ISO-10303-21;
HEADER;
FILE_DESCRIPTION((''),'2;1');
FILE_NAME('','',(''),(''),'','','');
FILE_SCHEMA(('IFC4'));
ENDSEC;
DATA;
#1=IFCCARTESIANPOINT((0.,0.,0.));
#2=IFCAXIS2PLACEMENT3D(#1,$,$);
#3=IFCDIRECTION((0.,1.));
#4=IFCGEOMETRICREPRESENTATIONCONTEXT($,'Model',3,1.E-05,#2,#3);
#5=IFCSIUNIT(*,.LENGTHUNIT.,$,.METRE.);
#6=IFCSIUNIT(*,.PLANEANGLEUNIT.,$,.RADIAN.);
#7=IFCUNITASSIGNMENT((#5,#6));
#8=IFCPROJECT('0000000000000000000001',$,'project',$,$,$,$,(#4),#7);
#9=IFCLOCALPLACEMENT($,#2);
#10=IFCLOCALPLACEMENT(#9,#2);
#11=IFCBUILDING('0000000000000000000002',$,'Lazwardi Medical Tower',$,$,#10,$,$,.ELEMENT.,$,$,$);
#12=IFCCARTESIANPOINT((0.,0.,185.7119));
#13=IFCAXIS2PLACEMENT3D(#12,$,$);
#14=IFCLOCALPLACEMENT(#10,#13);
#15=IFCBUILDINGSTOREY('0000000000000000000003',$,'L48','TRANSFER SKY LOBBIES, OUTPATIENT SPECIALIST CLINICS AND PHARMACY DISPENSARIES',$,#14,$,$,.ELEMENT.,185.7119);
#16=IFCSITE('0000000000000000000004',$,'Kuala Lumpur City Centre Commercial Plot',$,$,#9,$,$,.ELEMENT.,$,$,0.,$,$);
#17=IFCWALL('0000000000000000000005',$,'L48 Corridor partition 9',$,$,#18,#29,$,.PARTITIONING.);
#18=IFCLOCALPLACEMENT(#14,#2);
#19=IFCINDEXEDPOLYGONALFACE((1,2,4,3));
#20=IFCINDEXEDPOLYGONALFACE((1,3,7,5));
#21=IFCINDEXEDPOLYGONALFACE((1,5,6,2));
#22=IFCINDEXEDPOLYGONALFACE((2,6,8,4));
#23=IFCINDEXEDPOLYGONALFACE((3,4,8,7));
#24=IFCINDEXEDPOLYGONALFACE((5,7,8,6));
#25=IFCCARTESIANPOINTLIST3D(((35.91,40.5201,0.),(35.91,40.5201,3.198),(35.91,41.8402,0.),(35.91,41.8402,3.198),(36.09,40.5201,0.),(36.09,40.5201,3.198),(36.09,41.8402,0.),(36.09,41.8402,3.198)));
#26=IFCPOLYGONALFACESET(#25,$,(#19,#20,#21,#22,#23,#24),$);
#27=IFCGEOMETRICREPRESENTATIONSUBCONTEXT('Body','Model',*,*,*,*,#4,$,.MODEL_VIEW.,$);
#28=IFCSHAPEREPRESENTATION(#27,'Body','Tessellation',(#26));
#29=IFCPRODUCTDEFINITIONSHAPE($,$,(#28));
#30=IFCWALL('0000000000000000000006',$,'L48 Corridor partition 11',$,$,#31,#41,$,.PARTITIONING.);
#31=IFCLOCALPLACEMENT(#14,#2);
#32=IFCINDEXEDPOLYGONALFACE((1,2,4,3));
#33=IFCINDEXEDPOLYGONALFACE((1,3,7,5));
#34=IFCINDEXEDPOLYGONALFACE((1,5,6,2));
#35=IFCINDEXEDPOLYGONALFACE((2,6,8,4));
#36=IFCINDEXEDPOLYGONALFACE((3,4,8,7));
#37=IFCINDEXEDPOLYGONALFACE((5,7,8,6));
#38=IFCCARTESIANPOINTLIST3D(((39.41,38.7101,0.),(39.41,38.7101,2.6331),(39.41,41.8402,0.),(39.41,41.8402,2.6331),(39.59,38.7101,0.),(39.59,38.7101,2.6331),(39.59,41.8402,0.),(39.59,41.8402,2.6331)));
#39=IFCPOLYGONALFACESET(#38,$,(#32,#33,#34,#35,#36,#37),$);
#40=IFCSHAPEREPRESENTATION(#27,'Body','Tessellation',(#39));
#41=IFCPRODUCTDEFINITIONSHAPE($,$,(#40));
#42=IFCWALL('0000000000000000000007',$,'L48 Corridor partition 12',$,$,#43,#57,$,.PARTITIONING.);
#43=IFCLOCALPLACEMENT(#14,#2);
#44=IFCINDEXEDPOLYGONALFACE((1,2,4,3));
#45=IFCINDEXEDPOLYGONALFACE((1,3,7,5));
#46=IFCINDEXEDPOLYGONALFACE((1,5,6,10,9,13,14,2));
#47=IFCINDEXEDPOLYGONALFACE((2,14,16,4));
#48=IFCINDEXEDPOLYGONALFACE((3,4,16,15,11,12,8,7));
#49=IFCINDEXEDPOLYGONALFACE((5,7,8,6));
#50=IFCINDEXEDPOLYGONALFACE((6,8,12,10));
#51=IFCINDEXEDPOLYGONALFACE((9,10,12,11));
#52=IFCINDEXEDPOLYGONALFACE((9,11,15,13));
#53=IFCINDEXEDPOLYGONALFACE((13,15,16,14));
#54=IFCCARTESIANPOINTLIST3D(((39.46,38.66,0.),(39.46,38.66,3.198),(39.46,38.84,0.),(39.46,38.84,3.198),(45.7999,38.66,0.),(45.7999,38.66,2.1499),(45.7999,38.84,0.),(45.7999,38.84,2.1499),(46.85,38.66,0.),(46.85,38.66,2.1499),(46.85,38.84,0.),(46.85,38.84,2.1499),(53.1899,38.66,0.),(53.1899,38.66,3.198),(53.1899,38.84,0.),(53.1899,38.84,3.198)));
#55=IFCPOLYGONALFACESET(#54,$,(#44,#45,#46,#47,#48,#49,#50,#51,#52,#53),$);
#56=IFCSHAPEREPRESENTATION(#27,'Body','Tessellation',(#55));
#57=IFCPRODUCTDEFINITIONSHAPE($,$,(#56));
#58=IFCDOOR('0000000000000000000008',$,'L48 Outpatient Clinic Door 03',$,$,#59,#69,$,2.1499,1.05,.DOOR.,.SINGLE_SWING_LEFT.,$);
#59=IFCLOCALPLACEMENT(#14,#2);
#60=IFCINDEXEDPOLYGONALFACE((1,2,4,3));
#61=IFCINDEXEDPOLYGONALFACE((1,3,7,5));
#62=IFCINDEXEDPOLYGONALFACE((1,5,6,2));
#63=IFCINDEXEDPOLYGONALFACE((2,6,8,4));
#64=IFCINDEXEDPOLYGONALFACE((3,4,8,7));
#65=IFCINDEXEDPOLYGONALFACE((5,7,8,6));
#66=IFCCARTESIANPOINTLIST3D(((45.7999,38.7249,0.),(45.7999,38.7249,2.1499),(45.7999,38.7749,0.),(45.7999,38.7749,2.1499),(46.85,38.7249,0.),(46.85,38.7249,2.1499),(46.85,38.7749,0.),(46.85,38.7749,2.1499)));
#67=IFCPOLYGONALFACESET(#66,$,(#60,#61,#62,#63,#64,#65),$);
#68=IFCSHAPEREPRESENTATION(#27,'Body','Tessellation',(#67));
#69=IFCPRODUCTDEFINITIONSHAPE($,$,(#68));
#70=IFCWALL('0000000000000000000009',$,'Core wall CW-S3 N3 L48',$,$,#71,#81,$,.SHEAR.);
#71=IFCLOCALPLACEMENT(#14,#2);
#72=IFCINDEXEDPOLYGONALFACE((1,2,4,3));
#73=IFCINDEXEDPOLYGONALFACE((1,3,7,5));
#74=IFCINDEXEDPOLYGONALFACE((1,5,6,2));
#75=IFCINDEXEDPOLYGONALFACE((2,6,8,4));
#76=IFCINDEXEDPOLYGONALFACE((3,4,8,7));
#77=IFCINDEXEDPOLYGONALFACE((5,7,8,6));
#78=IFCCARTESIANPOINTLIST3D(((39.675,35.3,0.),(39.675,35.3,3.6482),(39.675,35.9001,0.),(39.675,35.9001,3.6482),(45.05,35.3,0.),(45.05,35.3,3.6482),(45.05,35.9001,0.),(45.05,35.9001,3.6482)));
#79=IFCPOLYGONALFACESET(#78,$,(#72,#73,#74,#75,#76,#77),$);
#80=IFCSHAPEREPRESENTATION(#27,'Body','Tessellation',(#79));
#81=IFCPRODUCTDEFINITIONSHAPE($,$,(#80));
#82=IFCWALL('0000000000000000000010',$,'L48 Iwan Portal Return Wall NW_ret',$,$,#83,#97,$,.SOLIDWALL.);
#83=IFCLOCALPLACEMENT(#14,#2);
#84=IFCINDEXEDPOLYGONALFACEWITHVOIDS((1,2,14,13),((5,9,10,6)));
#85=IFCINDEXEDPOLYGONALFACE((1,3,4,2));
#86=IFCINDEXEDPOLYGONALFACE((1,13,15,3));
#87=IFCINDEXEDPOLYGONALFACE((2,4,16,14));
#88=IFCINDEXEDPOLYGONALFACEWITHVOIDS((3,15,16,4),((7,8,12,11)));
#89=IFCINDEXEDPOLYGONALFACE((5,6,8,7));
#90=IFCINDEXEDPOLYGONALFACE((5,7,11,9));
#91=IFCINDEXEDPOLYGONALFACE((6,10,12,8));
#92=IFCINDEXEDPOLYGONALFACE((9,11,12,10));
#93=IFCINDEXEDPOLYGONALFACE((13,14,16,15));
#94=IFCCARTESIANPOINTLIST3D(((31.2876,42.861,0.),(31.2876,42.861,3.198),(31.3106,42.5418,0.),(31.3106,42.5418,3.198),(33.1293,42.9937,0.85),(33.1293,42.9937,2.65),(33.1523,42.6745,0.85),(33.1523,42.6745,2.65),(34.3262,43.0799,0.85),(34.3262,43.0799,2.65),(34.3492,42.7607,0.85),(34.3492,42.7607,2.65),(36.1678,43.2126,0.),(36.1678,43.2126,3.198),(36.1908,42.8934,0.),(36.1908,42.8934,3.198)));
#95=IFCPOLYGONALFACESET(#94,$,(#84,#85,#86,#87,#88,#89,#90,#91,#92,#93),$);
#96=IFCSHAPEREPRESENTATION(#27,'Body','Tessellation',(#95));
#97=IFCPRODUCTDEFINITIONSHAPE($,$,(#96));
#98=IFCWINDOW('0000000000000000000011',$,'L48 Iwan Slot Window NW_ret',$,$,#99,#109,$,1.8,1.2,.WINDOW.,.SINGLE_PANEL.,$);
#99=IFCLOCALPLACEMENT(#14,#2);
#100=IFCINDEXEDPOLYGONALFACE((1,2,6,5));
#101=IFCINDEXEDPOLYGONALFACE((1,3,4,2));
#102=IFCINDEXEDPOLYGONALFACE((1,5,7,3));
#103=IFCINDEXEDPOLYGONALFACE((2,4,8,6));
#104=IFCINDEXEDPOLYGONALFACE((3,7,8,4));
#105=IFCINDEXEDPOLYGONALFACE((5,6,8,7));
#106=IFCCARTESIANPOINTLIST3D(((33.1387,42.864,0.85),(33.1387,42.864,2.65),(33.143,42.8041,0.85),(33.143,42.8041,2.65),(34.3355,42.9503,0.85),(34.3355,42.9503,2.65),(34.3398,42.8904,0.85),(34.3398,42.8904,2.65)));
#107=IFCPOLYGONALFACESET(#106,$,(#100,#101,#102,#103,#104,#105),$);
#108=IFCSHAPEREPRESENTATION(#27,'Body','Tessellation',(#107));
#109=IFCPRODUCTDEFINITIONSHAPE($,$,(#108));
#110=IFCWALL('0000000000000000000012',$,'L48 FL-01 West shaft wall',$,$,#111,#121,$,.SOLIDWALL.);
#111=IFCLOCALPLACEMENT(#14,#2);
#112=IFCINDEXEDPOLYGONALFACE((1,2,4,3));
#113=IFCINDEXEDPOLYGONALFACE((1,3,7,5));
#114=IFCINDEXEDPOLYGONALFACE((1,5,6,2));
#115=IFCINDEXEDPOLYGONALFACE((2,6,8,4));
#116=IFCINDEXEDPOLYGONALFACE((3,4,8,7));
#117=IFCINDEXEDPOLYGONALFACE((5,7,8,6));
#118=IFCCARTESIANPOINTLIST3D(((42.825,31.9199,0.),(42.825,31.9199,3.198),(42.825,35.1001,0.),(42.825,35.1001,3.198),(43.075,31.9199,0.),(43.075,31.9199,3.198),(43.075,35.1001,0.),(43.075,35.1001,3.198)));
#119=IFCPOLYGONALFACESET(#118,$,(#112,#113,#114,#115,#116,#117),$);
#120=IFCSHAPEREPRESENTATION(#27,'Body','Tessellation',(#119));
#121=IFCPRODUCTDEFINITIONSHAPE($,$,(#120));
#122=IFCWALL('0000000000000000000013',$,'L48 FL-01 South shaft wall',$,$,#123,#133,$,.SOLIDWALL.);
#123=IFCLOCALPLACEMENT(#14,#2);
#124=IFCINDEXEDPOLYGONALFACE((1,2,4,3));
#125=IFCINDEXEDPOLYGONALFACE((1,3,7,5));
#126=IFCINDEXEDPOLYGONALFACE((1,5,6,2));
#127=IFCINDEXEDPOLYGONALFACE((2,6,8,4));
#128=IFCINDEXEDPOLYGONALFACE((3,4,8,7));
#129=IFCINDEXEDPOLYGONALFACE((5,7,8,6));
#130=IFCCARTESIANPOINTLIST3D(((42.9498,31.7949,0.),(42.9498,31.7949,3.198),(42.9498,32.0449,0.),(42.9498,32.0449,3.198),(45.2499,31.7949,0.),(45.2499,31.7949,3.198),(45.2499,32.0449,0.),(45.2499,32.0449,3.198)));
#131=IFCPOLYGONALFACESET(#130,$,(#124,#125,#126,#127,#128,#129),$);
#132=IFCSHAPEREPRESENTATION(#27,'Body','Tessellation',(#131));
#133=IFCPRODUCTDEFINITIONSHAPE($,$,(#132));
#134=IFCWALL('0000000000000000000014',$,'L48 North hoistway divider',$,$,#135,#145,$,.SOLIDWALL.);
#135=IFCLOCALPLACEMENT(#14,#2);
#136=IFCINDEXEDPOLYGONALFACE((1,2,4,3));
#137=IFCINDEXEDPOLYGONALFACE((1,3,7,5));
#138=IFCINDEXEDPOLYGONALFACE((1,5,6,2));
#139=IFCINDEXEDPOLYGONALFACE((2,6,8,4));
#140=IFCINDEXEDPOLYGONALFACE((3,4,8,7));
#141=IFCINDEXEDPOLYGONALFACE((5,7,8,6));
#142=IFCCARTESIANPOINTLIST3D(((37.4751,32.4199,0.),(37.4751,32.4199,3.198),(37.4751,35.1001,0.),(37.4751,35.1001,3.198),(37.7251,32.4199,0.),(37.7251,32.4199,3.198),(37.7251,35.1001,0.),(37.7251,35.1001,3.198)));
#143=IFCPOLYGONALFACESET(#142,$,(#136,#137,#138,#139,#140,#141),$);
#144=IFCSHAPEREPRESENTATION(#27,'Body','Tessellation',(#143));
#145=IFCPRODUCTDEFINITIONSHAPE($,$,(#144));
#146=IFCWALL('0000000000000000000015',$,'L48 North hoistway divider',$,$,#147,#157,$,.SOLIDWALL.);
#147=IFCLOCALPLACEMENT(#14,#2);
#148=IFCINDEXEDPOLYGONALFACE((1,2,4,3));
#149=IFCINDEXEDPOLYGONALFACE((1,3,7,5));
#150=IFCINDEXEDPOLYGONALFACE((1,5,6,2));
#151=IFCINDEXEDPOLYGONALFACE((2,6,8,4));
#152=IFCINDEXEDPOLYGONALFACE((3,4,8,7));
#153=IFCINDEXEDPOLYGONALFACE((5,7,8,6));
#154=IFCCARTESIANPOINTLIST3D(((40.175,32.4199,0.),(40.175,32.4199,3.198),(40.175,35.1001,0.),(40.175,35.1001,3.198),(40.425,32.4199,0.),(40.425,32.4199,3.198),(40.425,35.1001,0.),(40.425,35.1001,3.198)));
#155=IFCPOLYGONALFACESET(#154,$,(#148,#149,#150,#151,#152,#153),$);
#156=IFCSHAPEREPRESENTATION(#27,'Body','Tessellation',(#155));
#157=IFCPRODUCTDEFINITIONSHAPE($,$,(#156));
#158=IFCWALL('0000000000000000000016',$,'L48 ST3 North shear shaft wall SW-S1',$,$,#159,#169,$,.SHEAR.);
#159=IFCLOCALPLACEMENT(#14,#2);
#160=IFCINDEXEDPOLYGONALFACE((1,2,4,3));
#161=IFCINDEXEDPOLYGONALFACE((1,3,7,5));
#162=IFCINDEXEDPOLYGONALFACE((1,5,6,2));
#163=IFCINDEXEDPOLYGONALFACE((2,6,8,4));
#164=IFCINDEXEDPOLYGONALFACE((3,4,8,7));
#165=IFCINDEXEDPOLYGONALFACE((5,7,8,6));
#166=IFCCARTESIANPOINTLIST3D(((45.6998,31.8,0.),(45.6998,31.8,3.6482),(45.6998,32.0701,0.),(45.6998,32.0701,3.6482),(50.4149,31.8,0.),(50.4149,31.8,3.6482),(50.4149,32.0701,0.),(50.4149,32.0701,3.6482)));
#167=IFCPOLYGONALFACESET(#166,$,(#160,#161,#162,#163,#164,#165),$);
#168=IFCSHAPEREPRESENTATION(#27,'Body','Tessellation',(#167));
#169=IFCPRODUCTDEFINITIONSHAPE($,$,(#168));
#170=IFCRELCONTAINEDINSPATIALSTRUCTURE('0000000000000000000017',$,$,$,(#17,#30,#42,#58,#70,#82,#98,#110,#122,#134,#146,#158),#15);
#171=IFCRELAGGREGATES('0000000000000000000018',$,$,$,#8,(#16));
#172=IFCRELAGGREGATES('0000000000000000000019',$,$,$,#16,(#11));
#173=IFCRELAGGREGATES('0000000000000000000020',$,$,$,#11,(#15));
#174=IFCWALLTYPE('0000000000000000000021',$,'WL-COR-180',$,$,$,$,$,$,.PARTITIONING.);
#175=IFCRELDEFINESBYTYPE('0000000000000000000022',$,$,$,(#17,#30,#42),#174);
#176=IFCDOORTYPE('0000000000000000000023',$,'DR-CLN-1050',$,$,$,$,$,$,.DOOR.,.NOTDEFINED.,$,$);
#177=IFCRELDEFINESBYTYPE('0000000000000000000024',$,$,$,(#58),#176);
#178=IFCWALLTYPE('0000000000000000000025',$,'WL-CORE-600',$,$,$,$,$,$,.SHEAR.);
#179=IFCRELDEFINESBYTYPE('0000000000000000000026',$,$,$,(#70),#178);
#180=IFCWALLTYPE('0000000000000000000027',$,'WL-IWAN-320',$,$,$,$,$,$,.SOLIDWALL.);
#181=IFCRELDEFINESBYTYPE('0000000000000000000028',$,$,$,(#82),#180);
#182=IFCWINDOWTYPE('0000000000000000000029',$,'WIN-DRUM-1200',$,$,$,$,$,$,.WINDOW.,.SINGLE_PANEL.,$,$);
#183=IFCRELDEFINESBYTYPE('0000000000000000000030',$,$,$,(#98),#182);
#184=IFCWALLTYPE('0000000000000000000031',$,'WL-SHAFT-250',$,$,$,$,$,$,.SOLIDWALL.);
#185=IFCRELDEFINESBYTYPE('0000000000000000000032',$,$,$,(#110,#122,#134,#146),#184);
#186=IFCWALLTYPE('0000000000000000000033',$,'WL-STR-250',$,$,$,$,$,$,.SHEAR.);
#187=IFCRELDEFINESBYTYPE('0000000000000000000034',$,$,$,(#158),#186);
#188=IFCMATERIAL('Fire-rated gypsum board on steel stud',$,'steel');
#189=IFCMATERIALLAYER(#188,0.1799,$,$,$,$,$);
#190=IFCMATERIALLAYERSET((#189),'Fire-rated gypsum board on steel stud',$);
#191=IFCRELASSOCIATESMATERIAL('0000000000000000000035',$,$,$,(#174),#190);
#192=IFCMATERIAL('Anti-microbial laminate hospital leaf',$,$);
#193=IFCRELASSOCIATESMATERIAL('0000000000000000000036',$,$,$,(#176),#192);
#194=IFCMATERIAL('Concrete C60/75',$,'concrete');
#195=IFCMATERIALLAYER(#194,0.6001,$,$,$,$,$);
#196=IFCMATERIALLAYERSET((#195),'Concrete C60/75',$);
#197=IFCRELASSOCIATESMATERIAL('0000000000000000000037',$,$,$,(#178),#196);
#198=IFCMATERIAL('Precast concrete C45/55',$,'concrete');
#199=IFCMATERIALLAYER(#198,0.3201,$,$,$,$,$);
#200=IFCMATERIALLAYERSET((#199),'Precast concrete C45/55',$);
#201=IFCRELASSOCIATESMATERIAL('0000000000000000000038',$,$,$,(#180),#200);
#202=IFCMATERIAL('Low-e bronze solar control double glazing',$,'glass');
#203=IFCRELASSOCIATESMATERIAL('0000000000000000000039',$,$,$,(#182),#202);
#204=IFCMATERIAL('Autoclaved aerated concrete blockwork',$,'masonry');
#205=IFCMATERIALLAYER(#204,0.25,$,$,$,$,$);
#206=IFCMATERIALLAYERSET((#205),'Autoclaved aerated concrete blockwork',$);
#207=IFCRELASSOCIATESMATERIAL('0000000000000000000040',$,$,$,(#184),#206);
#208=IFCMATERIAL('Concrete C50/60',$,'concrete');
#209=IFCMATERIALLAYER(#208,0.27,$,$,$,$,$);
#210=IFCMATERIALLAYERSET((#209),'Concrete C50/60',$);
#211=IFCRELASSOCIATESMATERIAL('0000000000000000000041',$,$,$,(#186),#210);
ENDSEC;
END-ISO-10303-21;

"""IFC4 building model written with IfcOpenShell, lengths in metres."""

from ifc_helpers import new_model, si_unit, direction, frame, frame_2d, origin, place, context, subcontext, project, spatial, rectangle, extrude, material, layer, layer_set, type_object, element, fill, save


model = new_model("IFC4")

# Units and contexts
model_context = context("Model", 3, precision=1e-05, world=origin(), true_north=direction((0.0, 1.0)))
body_context = subcontext(model_context, "Body", "Model", "MODEL_VIEW")
ifc_project = project(units=[si_unit("LENGTHUNIT", "METRE"), si_unit("PLANEANGLEUNIT", "RADIAN")], contexts=[model_context])

# Site, building, storey
site_placement = place(None, origin())
site = spatial("IfcSite", under=ifc_project, at=site_placement, Name="Kuala Lumpur City Centre Commercial Plot", CompositionType="ELEMENT", RefElevation=0.0)
building_placement = place(site_placement, origin())
building = spatial("IfcBuilding", under=site, at=building_placement, Name="Lazwardi Medical Tower", CompositionType="ELEMENT")
storey_placement = place(building_placement, frame((0.0, 0.0, 185.7119)))
storey = spatial("IfcBuildingStorey", under=building, at=storey_placement, Name="L48", Description="TRANSFER SKY LOBBIES, OUTPATIENT SPECIALIST CLINICS AND PHARMACY DISPENSARIES", CompositionType="ELEMENT", Elevation=185.7119)

# Shared definitions
ifc_material_1 = material(Name="Concrete C60/75", Category="concrete")

# Walls
ifc_material_2 = material(Name="Fire-rated gypsum board on steel stud", Category="steel")
ifc_layer_1 = layer(ifc_material_2, 0.1799)
ifc_layer_set_1 = layer_set([ifc_layer_1], Name="Fire-rated gypsum board on steel stud")
wall_type_1 = type_object("IfcWallType", Name="WL-COR-180", PredefinedType="PARTITIONING", material=ifc_layer_set_1)
wall_1_placement = place(storey_placement, frame((36.0, 40.52, 0.0), z_axis=(0.0, 0.0, 1.0), x_axis=(0.0, 1.0, 0.0)))
element("IfcWall", 1, at=wall_1_placement, inside=storey, type_object=wall_type_1, Name="L48 Corridor partition 9", PredefinedType="PARTITIONING", context=body_context, shape_type="SweptSolid", body=[
    extrude(rectangle(XDim=1.3201, YDim=0.1799, at=frame_2d((0.6602, 0.0))), origin(), (0.0, 0.0, 1.0), 3.198),
])
wall_2_placement = place(storey_placement, frame((39.5, 41.8401, 0.0), z_axis=(0.0, 0.0, 1.0), x_axis=(0.0, -1.0, 0.0)))
element("IfcWall", 2, at=wall_2_placement, inside=storey, type_object=wall_type_1, Name="L48 Corridor partition 11", PredefinedType="PARTITIONING", context=body_context, shape_type="SweptSolid", body=[
    extrude(rectangle(XDim=3.1301, YDim=0.1799, at=frame_2d((1.5649, 0.0))), origin(), (0.0, 0.0, 1.0), 2.6331),
])

# Wall, opening, door
wall_3_placement = place(storey_placement, frame((39.46, 38.75, 0.0), z_axis=(0.0, 0.0, 1.0), x_axis=(1.0, 0.0, 0.0)))
wall_3 = element("IfcWall", 3, at=wall_3_placement, inside=storey, type_object=wall_type_1, Name="L48 Corridor partition 12", PredefinedType="PARTITIONING", context=body_context, shape_type="SweptSolid", body=[
    extrude(rectangle(XDim=13.73, YDim=0.1799, at=frame_2d((6.865, 0.0))), origin(), (0.0, 0.0, 1.0), 3.198),
])
opening_1_placement = place(wall_3_placement, frame((6.3401, 0.0, 0.0)))
opening_1 = element("IfcOpeningElement", 4, at=opening_1_placement, cuts=wall_3, PredefinedType="OPENING", context=body_context, shape_type="SweptSolid", body=[
    extrude(rectangle(XDim=1.05, YDim=2.1499, at=frame_2d((0.5249, 1.075))), frame((0.0, 0.0999, 0.0), z_axis=(0.0, -1.0, 0.0), x_axis=(1.0, 0.0, 0.0)), (0.0, 0.0, 1.0), 0.2),
])
ifc_material_3 = material(Name="Anti-microbial laminate hospital leaf")
door_type_1 = type_object("IfcDoorType", Name="DR-CLN-1050", OperationType="NOTDEFINED", PredefinedType="DOOR", material=ifc_material_3)
door_1_placement = place(opening_1_placement, origin())
door_1 = element("IfcDoor", 5, at=door_1_placement, inside=storey, type_object=door_type_1, Name="L48 Outpatient Clinic Door 03", OperationType="SINGLE_SWING_LEFT", OverallHeight=2.1499, OverallWidth=1.05, PredefinedType="DOOR", context=body_context, shape_type="SweptSolid", body=[
    extrude(rectangle(XDim=1.05, YDim=2.1499, at=frame_2d((0.5249, 1.075))), frame((0.0, 0.0249, 0.0), z_axis=(0.0, -1.0, 0.0), x_axis=(1.0, 0.0, 0.0)), (0.0, 0.0, 1.0), 0.05),
])
fill(opening_1, door_1)

# Wall
ifc_layer_2 = layer(ifc_material_1, 0.6001)
ifc_layer_set_2 = layer_set([ifc_layer_2], Name="Concrete C60/75")
wall_type_2 = type_object("IfcWallType", Name="WL-CORE-600", PredefinedType="SHEAR", material=ifc_layer_set_2)
wall_4_placement = place(storey_placement, frame((39.675, 35.6001, 0.0), z_axis=(0.0, 0.0, 1.0), x_axis=(1.0, 0.0, 0.0)))
element("IfcWall", 6, at=wall_4_placement, inside=storey, type_object=wall_type_2, Name="Core wall CW-S3 N3 L48", PredefinedType="SHEAR", context=body_context, shape_type="SweptSolid", body=[
    extrude(rectangle(XDim=5.375, YDim=0.6001, at=frame_2d((2.6875, 0.0))), origin(), (0.0, 0.0, 1.0), 3.6482),
])

# Wall, opening, window
ifc_material_4 = material(Name="Precast concrete C45/55", Category="concrete")
ifc_layer_3 = layer(ifc_material_4, 0.3201)
ifc_layer_set_3 = layer_set([ifc_layer_3], Name="Precast concrete C45/55")
wall_type_3 = type_object("IfcWallType", Name="WL-IWAN-320", PredefinedType="SOLIDWALL", material=ifc_layer_set_3)
wall_5_placement = place(storey_placement, frame((36.1792, 43.053, 0.0), z_axis=(0.0, 0.0, 1.0), x_axis=(-0.997415, -0.071853, 0.0)))
wall_5 = element("IfcWall", 7, at=wall_5_placement, inside=storey, type_object=wall_type_3, Name="L48 Iwan Portal Return Wall NW_ret", PredefinedType="SOLIDWALL", context=body_context, shape_type="SweptSolid", body=[
    extrude(rectangle(XDim=4.8928, YDim=0.3201, at=frame_2d((2.4463, 0.0))), origin(), (0.0, 0.0, 1.0), 3.198),
])
opening_2_placement = place(wall_5_placement, frame((1.8462, 0.0, 0.8501)))
opening_2 = element("IfcOpeningElement", 8, at=opening_2_placement, cuts=wall_5, PredefinedType="OPENING", context=body_context, shape_type="SweptSolid", body=[
    extrude(rectangle(XDim=1.2, YDim=1.8, at=frame_2d((0.6001, 0.8999))), frame((0.0, 0.1699, 0.0), z_axis=(0.0, -1.0, 0.0), x_axis=(1.0, 0.0, 0.0)), (0.0, 0.0, 1.0), 0.3401),
])
ifc_material_5 = material(Name="Low-e bronze solar control double glazing", Category="glass")
window_type = type_object("IfcWindowType", Name="WIN-DRUM-1200", PartitioningType="SINGLE_PANEL", PredefinedType="WINDOW", material=ifc_material_5)
window_placement = place(opening_2_placement, origin())
window = element("IfcWindow", 9, at=window_placement, inside=storey, type_object=window_type, Name="L48 Iwan Slot Window NW_ret", OverallHeight=1.8, OverallWidth=1.2, PartitioningType="SINGLE_PANEL", PredefinedType="WINDOW", context=body_context, shape_type="SweptSolid", body=[
    extrude(rectangle(XDim=1.2, YDim=1.8, at=frame_2d((0.6001, 0.8999))), frame((0.0, 0.03, 0.0), z_axis=(0.0, -1.0, 0.0), x_axis=(1.0, 0.0, 0.0)), (0.0, 0.0, 1.0), 0.0601),
])
fill(opening_2, window)

# Walls
ifc_material_6 = material(Name="Autoclaved aerated concrete blockwork", Category="masonry")
ifc_layer_4 = layer(ifc_material_6, 0.25)
ifc_layer_set_4 = layer_set([ifc_layer_4], Name="Autoclaved aerated concrete blockwork")
wall_type_4 = type_object("IfcWallType", Name="WL-SHAFT-250", PredefinedType="SOLIDWALL", material=ifc_layer_set_4)
wall_6_placement = place(storey_placement, frame((42.95, 31.9199, 0.0), z_axis=(0.0, 0.0, 1.0), x_axis=(0.0, 1.0, 0.0)))
element("IfcWall", 10, at=wall_6_placement, inside=storey, type_object=wall_type_4, Name="L48 FL-01 West shaft wall", PredefinedType="SOLIDWALL", context=body_context, shape_type="SweptSolid", body=[
    extrude(rectangle(XDim=3.1802, YDim=0.25, at=frame_2d((1.5901, 0.0))), origin(), (0.0, 0.0, 1.0), 3.198),
])
wall_7_placement = place(storey_placement, frame((42.95, 31.9199, 0.0), z_axis=(0.0, 0.0, 1.0), x_axis=(1.0, 0.0, 0.0)))
element("IfcWall", 11, at=wall_7_placement, inside=storey, type_object=wall_type_4, Name="L48 FL-01 South shaft wall", PredefinedType="SOLIDWALL", context=body_context, shape_type="SweptSolid", body=[
    extrude(rectangle(XDim=2.3, YDim=0.25, at=frame_2d((1.1499, 0.0))), origin(), (0.0, 0.0, 1.0), 3.198),
])
for number, where, z_axis, x_axis, name in (
    (12, (37.6001, 32.4199, 0.0), (0.0, 0.0, 1.0), (0.0, 1.0, 0.0), "L48 North hoistway divider"),
    (13, (40.3, 32.4199, 0.0), (0.0, 0.0, 1.0), (0.0, 1.0, 0.0), "L48 North hoistway divider"),
):
    element("IfcWall", number, at=place(storey_placement, frame(where, z_axis=z_axis, x_axis=x_axis)), inside=storey, type_object=wall_type_4, Name=name, PredefinedType="SOLIDWALL", context=body_context, shape_type="SweptSolid", body=[
        extrude(rectangle(XDim=2.6802, YDim=0.25, at=frame_2d((1.3401, 0.0))), origin(), (0.0, 0.0, 1.0), 3.198),
    ])

# Shared definitions
ifc_material_7 = material(Name="Concrete C50/60", Category="concrete")
ifc_layer_5 = layer(ifc_material_7, 0.27)
ifc_layer_set_5 = layer_set([ifc_layer_5], Name="Concrete C50/60")
wall_type_5 = type_object("IfcWallType", Name="WL-STR-250", PredefinedType="SHEAR", material=ifc_layer_set_5)

# Wall
wall_8_placement = place(storey_placement, frame((45.7, 31.9351, 0.0), z_axis=(0.0, 0.0, 1.0), x_axis=(1.0, 0.0, 0.0)))
element("IfcWall", 14, at=wall_8_placement, inside=storey, type_object=wall_type_5, Name="L48 ST3 North shear shaft wall SW-S1", PredefinedType="SHEAR", context=body_context, shape_type="SweptSolid", body=[
    extrude(rectangle(XDim=4.7151, YDim=0.27, at=frame_2d((2.3574, 0.0))), origin(), (0.0, 0.0, 1.0), 3.6482),
])

save(model, "model.ifc")
